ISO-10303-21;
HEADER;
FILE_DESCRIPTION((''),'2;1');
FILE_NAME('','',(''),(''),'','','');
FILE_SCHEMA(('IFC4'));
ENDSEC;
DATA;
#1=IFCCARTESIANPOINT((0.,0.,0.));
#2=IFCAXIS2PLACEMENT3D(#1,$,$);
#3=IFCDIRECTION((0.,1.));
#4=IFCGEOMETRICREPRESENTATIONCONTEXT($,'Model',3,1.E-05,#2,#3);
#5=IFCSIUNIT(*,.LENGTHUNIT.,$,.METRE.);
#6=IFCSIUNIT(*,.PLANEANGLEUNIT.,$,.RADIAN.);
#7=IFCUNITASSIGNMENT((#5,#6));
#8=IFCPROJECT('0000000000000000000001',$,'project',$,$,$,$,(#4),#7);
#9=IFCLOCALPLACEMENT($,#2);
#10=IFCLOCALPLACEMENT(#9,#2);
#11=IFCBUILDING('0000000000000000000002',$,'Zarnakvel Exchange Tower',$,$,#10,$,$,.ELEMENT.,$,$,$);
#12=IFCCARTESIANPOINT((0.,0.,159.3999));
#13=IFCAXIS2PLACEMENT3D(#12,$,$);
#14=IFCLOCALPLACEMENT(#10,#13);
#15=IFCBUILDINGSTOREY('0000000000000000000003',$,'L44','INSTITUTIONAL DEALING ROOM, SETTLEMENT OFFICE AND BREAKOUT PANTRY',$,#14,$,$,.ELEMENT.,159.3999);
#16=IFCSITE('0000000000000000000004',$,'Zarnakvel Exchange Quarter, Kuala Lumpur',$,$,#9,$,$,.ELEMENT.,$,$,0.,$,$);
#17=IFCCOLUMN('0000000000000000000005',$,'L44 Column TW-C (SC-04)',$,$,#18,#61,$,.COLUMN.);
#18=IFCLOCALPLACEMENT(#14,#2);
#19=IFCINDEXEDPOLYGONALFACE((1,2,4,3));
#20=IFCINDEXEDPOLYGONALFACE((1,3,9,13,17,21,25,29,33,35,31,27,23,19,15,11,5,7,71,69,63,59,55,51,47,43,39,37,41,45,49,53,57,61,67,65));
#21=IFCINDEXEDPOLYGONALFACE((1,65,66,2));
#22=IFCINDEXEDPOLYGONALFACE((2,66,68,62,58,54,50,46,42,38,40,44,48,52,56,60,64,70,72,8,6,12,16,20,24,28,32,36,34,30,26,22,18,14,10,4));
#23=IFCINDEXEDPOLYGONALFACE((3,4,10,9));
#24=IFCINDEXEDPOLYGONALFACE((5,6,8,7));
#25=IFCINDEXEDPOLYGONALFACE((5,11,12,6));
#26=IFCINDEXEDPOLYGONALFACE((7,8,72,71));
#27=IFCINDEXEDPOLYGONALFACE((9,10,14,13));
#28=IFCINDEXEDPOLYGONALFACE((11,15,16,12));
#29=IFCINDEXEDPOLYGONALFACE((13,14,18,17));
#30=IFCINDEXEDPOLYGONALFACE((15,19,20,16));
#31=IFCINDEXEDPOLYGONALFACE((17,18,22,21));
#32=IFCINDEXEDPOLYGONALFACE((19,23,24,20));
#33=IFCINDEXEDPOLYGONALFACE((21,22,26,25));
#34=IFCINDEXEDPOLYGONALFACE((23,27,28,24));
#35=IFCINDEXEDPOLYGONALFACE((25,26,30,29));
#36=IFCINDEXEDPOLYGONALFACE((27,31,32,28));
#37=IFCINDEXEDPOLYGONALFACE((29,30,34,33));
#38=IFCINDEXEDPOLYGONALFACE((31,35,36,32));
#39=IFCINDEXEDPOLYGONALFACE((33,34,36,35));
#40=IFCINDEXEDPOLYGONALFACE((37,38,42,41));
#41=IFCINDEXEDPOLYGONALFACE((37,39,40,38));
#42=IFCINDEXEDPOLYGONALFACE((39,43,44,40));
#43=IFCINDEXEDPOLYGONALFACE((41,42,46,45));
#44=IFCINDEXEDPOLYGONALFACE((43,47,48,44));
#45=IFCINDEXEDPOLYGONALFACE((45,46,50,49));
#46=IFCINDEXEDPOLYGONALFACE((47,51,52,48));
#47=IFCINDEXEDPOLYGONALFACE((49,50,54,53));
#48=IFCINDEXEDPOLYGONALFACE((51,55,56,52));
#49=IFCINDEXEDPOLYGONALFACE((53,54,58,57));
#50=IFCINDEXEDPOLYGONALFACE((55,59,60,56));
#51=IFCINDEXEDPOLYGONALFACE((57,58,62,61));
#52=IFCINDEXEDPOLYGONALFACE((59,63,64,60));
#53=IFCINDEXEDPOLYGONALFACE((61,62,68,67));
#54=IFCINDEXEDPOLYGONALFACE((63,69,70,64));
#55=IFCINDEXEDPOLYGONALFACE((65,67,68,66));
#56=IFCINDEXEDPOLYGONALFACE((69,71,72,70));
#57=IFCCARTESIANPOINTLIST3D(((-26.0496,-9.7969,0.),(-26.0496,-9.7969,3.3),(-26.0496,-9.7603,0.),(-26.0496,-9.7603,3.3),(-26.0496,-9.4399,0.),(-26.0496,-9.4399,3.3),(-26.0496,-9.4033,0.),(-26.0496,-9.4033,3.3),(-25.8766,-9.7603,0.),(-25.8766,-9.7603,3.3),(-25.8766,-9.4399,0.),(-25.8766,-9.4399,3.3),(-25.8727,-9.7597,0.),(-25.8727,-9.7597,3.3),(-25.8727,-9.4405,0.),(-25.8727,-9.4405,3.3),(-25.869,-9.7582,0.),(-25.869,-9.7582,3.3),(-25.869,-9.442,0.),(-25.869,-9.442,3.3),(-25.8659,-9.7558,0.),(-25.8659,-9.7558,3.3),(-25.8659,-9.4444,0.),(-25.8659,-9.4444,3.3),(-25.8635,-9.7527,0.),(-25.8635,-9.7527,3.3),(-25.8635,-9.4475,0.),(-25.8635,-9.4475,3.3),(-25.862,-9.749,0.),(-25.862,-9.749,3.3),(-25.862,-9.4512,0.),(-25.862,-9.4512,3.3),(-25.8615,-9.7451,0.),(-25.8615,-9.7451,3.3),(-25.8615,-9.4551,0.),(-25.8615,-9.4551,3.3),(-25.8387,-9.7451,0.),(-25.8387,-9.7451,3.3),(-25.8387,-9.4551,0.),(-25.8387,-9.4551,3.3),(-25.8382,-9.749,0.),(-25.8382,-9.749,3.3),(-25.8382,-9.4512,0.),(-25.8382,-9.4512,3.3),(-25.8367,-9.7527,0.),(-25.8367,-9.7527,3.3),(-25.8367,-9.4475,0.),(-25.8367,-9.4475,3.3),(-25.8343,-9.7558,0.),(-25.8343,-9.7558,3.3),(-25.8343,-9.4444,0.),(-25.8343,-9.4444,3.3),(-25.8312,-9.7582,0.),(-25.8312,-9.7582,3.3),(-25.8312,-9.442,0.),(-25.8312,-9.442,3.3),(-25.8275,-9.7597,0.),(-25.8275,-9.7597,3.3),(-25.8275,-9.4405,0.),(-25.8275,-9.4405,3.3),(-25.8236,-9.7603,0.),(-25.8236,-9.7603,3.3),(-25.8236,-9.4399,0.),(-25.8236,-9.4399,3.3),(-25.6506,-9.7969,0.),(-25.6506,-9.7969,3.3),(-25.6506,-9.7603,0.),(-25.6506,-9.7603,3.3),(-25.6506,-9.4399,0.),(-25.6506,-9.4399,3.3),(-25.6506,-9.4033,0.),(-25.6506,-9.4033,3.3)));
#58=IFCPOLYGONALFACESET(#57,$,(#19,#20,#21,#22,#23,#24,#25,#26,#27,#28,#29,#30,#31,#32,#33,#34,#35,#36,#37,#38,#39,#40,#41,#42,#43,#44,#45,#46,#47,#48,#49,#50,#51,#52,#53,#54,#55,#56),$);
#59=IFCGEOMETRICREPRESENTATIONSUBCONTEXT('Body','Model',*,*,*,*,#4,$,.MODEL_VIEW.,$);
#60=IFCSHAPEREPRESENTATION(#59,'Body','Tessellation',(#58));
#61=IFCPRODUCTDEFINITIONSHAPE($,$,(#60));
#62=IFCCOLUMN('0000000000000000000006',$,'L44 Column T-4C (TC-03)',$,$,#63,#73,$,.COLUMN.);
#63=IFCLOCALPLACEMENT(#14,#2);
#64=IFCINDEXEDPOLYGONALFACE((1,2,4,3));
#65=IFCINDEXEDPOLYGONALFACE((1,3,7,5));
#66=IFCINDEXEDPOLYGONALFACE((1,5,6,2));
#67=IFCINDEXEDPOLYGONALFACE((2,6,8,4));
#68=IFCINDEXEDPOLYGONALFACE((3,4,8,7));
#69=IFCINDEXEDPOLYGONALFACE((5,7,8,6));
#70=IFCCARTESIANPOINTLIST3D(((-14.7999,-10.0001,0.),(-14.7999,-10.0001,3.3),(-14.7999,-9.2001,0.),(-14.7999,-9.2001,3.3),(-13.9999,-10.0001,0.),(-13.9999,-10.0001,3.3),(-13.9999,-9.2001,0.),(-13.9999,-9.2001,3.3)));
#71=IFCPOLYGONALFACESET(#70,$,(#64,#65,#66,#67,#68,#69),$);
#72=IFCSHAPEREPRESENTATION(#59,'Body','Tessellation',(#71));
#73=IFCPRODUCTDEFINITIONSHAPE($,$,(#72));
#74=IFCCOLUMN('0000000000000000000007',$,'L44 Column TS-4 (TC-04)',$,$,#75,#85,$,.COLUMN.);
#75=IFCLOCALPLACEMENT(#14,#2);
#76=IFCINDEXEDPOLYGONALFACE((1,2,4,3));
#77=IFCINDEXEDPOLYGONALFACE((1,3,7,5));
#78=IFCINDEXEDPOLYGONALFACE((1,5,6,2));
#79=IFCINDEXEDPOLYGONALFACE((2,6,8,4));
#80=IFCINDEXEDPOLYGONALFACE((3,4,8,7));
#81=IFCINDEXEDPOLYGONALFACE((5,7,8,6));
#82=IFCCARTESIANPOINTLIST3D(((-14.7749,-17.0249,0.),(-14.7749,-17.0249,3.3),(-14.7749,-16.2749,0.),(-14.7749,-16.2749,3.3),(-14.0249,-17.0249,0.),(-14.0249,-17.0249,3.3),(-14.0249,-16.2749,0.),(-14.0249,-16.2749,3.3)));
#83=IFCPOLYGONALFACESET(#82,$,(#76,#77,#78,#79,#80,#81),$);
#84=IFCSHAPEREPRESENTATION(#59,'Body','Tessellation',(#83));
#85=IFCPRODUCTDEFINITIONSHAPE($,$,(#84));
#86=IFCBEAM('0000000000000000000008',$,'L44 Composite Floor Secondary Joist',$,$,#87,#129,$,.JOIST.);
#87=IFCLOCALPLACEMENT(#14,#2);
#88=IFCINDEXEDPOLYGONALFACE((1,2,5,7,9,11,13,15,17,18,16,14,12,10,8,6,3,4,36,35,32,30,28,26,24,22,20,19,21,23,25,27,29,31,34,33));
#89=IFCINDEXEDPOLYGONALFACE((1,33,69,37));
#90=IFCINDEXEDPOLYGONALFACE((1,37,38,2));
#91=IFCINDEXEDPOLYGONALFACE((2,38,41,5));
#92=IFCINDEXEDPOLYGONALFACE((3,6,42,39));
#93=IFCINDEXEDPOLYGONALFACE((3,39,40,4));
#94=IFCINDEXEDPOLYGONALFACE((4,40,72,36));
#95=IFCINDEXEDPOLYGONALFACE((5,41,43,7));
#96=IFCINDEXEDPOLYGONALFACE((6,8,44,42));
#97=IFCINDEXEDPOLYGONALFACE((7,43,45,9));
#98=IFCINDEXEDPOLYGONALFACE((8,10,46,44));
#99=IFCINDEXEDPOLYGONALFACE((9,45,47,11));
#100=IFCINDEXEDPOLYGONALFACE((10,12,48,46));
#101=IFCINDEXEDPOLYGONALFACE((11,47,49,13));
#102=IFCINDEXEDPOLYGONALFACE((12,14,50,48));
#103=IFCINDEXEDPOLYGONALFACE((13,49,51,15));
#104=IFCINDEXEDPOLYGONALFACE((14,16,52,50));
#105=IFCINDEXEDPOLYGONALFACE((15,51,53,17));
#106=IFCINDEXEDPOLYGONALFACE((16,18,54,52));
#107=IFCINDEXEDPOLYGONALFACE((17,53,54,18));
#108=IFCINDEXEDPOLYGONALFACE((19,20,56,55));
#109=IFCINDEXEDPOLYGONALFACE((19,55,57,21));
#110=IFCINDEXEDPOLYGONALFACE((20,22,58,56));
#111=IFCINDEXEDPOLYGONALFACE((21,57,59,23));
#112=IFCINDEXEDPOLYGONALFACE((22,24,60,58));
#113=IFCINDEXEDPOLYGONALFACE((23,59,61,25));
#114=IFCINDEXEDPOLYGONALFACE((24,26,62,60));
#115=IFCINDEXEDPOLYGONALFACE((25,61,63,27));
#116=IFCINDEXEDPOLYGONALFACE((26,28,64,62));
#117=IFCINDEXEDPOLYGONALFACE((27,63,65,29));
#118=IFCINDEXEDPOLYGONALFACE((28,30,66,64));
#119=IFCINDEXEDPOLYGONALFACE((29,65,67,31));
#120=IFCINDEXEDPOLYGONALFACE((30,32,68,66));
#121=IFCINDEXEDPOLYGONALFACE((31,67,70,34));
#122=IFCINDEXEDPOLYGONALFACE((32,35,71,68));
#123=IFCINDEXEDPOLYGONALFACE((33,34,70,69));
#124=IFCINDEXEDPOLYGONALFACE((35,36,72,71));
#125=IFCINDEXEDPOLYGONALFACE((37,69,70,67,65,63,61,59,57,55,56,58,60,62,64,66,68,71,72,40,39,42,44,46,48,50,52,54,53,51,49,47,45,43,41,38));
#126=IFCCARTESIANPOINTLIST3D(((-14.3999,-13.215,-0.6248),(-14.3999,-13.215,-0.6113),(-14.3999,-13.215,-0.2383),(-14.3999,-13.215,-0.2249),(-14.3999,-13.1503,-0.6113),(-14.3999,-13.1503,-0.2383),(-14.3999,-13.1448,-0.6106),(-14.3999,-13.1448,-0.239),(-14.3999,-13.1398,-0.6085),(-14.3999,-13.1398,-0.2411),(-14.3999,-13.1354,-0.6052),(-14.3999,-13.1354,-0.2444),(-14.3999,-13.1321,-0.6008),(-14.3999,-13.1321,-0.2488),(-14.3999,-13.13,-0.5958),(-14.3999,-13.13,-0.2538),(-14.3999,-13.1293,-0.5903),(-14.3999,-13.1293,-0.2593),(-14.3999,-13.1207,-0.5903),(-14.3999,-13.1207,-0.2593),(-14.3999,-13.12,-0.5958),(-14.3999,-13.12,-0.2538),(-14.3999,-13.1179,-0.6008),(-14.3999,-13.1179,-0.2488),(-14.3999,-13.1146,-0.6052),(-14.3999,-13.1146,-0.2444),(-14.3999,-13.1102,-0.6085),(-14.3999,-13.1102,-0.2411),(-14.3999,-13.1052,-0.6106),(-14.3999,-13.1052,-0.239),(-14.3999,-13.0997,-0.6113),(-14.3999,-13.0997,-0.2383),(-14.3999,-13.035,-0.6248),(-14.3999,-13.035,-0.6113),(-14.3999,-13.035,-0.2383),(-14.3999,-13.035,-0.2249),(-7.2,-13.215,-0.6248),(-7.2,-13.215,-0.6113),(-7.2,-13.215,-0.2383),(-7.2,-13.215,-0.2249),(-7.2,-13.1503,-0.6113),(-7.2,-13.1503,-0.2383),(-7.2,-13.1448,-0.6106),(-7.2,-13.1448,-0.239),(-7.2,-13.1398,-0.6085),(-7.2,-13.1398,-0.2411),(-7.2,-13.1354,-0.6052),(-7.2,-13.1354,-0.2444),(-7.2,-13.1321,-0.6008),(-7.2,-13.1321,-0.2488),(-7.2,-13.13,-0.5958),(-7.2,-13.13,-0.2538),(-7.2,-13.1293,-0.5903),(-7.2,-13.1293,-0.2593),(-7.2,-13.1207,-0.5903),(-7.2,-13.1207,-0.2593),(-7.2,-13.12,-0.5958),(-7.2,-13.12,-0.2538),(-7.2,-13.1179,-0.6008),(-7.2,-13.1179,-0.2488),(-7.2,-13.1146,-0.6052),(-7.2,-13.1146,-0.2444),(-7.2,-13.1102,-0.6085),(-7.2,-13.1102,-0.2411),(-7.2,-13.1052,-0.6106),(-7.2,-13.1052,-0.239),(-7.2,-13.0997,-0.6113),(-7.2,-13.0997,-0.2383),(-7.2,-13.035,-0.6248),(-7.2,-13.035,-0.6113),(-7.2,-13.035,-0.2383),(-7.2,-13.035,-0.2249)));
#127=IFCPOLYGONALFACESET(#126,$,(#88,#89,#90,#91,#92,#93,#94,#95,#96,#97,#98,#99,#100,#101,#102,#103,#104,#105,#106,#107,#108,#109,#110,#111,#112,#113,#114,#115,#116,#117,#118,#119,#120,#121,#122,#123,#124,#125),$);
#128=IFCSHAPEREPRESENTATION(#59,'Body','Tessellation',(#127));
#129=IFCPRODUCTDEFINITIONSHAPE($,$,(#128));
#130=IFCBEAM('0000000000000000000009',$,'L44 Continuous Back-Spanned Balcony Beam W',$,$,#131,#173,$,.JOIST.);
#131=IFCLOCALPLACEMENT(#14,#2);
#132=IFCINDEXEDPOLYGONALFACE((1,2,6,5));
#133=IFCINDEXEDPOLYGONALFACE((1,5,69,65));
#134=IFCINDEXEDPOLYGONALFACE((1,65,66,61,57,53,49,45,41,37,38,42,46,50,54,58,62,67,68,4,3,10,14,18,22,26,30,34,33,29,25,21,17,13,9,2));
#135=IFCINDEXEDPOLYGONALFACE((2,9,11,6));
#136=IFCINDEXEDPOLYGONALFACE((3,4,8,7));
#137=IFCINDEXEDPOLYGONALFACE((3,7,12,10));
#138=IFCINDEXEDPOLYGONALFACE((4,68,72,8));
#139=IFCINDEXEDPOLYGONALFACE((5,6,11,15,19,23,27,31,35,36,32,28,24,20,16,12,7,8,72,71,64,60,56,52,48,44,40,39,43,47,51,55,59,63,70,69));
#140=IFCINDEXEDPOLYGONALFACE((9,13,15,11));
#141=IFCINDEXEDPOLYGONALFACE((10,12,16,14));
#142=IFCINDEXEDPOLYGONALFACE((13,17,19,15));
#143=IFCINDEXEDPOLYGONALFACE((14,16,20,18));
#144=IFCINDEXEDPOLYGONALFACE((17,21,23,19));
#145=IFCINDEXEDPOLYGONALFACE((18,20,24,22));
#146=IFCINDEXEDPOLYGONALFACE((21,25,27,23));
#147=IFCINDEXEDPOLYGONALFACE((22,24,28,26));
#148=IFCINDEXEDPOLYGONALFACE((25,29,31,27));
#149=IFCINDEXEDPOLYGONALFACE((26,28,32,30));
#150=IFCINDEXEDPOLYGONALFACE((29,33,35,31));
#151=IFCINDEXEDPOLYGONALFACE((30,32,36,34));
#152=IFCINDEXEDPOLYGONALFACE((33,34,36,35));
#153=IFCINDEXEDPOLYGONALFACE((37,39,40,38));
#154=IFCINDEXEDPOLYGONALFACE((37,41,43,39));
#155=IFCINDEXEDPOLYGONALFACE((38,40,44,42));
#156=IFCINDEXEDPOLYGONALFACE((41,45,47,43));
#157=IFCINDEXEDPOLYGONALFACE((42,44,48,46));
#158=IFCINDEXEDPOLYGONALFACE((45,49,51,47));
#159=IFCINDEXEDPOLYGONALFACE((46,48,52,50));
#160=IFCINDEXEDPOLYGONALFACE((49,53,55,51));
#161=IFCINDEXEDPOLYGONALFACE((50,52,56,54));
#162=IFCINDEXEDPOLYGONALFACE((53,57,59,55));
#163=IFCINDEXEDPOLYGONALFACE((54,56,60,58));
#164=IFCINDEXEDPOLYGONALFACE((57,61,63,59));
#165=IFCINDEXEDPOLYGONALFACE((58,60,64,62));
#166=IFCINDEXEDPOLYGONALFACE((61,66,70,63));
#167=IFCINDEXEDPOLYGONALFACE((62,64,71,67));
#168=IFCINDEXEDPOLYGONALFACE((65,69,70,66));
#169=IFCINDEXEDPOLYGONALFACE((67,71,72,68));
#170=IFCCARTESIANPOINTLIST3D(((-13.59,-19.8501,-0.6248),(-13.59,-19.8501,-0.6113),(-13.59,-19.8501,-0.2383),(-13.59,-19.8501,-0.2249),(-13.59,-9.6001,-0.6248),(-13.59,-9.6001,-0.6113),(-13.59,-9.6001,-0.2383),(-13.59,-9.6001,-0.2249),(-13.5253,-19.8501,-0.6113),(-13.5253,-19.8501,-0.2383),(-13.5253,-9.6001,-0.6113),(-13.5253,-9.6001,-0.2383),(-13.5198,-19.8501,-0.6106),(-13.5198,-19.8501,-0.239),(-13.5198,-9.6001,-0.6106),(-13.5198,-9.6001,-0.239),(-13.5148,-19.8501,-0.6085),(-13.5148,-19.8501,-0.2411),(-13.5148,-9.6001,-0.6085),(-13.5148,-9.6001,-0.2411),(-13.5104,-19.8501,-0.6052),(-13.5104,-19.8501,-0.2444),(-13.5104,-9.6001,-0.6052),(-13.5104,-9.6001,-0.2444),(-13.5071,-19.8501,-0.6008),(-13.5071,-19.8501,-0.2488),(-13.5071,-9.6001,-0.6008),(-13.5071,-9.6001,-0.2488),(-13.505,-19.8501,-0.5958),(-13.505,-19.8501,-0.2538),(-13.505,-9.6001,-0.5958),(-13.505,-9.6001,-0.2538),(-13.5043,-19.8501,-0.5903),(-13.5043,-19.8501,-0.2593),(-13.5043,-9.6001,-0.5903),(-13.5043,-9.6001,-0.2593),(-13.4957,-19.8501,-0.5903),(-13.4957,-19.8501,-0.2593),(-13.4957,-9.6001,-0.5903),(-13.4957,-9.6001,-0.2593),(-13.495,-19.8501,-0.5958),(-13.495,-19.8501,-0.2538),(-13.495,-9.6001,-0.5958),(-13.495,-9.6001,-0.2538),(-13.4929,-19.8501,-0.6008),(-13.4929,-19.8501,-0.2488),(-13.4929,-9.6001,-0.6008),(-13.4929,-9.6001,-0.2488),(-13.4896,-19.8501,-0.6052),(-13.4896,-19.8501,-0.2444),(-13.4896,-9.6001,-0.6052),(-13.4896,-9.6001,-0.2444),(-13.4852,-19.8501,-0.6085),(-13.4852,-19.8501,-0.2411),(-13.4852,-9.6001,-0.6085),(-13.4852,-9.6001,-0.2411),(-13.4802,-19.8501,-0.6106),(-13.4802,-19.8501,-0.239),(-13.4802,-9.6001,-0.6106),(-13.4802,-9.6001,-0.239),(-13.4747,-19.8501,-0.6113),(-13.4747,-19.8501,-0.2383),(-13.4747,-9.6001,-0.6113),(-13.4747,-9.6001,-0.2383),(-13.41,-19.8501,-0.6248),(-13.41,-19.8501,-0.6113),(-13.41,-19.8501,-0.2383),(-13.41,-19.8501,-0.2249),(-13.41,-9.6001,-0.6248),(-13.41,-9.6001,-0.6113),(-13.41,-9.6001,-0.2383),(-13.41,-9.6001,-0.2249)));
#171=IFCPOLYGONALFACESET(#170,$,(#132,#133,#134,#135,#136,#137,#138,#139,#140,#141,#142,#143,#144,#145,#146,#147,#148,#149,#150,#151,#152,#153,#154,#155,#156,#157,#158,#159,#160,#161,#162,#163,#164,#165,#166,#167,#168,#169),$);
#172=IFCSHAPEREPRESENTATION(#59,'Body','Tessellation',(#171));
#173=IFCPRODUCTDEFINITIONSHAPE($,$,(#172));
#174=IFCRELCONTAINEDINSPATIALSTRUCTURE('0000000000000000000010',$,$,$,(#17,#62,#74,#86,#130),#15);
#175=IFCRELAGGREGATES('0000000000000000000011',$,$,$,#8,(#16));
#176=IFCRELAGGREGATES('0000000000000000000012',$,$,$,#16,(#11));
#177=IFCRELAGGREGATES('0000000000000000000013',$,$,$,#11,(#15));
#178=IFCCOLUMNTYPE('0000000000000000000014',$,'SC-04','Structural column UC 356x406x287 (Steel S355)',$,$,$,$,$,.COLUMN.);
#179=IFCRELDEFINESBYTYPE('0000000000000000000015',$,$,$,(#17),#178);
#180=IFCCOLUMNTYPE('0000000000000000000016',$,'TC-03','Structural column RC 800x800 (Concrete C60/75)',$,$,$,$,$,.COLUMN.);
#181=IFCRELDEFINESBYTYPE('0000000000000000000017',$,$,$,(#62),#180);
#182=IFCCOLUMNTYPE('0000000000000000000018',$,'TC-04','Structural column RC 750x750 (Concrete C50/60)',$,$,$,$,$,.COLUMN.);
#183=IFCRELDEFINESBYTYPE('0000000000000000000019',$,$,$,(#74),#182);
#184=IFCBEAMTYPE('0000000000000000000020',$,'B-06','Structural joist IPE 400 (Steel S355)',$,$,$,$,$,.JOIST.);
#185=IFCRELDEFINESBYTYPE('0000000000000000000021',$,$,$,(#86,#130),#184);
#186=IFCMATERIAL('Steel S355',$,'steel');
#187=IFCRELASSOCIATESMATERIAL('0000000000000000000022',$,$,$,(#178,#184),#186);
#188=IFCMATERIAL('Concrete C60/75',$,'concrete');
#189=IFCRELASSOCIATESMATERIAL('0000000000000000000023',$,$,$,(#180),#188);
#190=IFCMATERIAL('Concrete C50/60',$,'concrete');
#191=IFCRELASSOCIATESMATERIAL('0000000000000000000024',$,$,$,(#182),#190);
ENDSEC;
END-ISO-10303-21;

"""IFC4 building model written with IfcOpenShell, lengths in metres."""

from ifc_helpers import new_model, si_unit, direction, frame, origin, origin_2d, place, context, subcontext, project, spatial, rectangle, i_section, extrude, material, material_profile, profile_set, type_object, element, save


model = new_model("IFC4")

# Units and contexts
model_context = context("Model", 3, precision=1e-05, world=origin(), true_north=direction((0.0, 1.0)))
body_context = subcontext(model_context, "Body", "Model", "MODEL_VIEW")
ifc_project = project(units=[si_unit("LENGTHUNIT", "METRE"), si_unit("PLANEANGLEUNIT", "RADIAN")], contexts=[model_context])

# Site, building, storey
site_placement = place(None, origin())
site = spatial("IfcSite", under=ifc_project, at=site_placement, Name="Zarnakvel Exchange Quarter, Kuala Lumpur", CompositionType="ELEMENT", RefElevation=0.0)
building_placement = place(site_placement, origin())
building = spatial("IfcBuilding", under=site, at=building_placement, Name="Zarnakvel Exchange Tower", CompositionType="ELEMENT")
storey_placement = place(building_placement, frame((0.0, 0.0, 159.3999)))
storey = spatial("IfcBuildingStorey", under=building, at=storey_placement, Name="L44", Description="INSTITUTIONAL DEALING ROOM, SETTLEMENT OFFICE AND BREAKOUT PANTRY", CompositionType="ELEMENT", Elevation=159.3999)

# Columns
ifc_material_1 = material(Name="Steel S355", Category="steel")
ifc_material_profile_1 = material_profile(ifc_material_1, i_section(OverallWidth=0.3989, OverallDepth=0.3936, WebThickness=0.0227, FlangeThickness=0.0366, FilletRadius=0.0151, at=origin_2d()))
ifc_profile_set_1 = profile_set([ifc_material_profile_1], Name="Steel S355")
column_type_1 = type_object("IfcColumnType", Name="SC-04", Description="Structural column UC 356x406x287 (Steel S355)", PredefinedType="COLUMN", material=ifc_profile_set_1)
column_1_placement = place(storey_placement, frame((-25.8501, -9.6001, 0.0), z_axis=(0.0, 0.0, 1.0), x_axis=(1.0, 0.0, 0.0)))
element("IfcColumn", 1, at=column_1_placement, inside=storey, type_object=column_type_1, Name="L44 Column TW-C (SC-04)", PredefinedType="COLUMN", context=body_context, shape_type="SweptSolid", body=[
    extrude(i_section(OverallWidth=0.3989, OverallDepth=0.3936, WebThickness=0.0227, FlangeThickness=0.0366, FilletRadius=0.0151, at=origin_2d()), origin(), (0.0, 0.0, 1.0), 3.3),
])
ifc_material_2 = material(Name="Concrete C60/75", Category="concrete")
ifc_material_profile_2 = material_profile(ifc_material_2, rectangle(XDim=0.8, YDim=0.8, at=origin_2d()))
ifc_profile_set_2 = profile_set([ifc_material_profile_2], Name="Concrete C60/75")
column_type_2 = type_object("IfcColumnType", Name="TC-03", Description="Structural column RC 800x800 (Concrete C60/75)", PredefinedType="COLUMN", material=ifc_profile_set_2)
column_2_placement = place(storey_placement, frame((-14.3999, -9.6001, 0.0), z_axis=(0.0, 0.0, 1.0), x_axis=(1.0, 0.0, 0.0)))
element("IfcColumn", 2, at=column_2_placement, inside=storey, type_object=column_type_2, Name="L44 Column T-4C (TC-03)", PredefinedType="COLUMN", context=body_context, shape_type="SweptSolid", body=[
    extrude(rectangle(XDim=0.8, YDim=0.8, at=origin_2d()), origin(), (0.0, 0.0, 1.0), 3.3),
])
ifc_material_3 = material(Name="Concrete C50/60", Category="concrete")
ifc_material_profile_3 = material_profile(ifc_material_3, rectangle(XDim=0.75, YDim=0.75, at=origin_2d()))
ifc_profile_set_3 = profile_set([ifc_material_profile_3], Name="Concrete C50/60")
column_type_3 = type_object("IfcColumnType", Name="TC-04", Description="Structural column RC 750x750 (Concrete C50/60)", PredefinedType="COLUMN", material=ifc_profile_set_3)
column_3_placement = place(storey_placement, frame((-14.3999, -16.6499, 0.0), z_axis=(0.0, 0.0, 1.0), x_axis=(1.0, 0.0, 0.0)))
element("IfcColumn", 3, at=column_3_placement, inside=storey, type_object=column_type_3, Name="L44 Column TS-4 (TC-04)", PredefinedType="COLUMN", context=body_context, shape_type="SweptSolid", body=[
    extrude(rectangle(XDim=0.75, YDim=0.75, at=origin_2d()), origin(), (0.0, 0.0, 1.0), 3.3),
])

# Beams
ifc_material_profile_4 = material_profile(ifc_material_1, i_section(OverallWidth=0.1799, OverallDepth=0.3999, WebThickness=0.0085, FlangeThickness=0.0134, FilletRadius=0.021, at=origin_2d()))
ifc_profile_set_4 = profile_set([ifc_material_profile_4], Name="Steel S355")
beam_type_1 = type_object("IfcBeamType", Name="B-06", Description="Structural joist IPE 400 (Steel S355)", PredefinedType="JOIST", material=ifc_profile_set_4)
beam_1_placement = place(storey_placement, frame((-14.3999, -13.125, -0.4248), z_axis=(1.0, 0.0, 0.0), x_axis=(0.0, 1.0, 0.0)))
element("IfcBeam", 4, at=beam_1_placement, inside=storey, type_object=beam_type_1, Name="L44 Composite Floor Secondary Joist", PredefinedType="JOIST", context=body_context, shape_type="SweptSolid", body=[
    extrude(i_section(OverallWidth=0.1799, OverallDepth=0.3999, WebThickness=0.0085, FlangeThickness=0.0134, FilletRadius=0.021, at=origin_2d()), origin(), (0.0, 0.0, 1.0), 7.2),
])
beam_2_placement = place(storey_placement, frame((-13.5, -9.6001, -0.4248), z_axis=(0.0, -1.0, 0.0), x_axis=(1.0, 0.0, 0.0)))
element("IfcBeam", 5, at=beam_2_placement, inside=storey, type_object=beam_type_1, Name="L44 Continuous Back-Spanned Balcony Beam W", PredefinedType="JOIST", context=body_context, shape_type="SweptSolid", body=[
    extrude(i_section(OverallWidth=0.1799, OverallDepth=0.3999, WebThickness=0.0085, FlangeThickness=0.0134, FilletRadius=0.021, at=origin_2d()), origin(), (0.0, 0.0, 1.0), 10.25),
])

save(model, "model.ifc")
